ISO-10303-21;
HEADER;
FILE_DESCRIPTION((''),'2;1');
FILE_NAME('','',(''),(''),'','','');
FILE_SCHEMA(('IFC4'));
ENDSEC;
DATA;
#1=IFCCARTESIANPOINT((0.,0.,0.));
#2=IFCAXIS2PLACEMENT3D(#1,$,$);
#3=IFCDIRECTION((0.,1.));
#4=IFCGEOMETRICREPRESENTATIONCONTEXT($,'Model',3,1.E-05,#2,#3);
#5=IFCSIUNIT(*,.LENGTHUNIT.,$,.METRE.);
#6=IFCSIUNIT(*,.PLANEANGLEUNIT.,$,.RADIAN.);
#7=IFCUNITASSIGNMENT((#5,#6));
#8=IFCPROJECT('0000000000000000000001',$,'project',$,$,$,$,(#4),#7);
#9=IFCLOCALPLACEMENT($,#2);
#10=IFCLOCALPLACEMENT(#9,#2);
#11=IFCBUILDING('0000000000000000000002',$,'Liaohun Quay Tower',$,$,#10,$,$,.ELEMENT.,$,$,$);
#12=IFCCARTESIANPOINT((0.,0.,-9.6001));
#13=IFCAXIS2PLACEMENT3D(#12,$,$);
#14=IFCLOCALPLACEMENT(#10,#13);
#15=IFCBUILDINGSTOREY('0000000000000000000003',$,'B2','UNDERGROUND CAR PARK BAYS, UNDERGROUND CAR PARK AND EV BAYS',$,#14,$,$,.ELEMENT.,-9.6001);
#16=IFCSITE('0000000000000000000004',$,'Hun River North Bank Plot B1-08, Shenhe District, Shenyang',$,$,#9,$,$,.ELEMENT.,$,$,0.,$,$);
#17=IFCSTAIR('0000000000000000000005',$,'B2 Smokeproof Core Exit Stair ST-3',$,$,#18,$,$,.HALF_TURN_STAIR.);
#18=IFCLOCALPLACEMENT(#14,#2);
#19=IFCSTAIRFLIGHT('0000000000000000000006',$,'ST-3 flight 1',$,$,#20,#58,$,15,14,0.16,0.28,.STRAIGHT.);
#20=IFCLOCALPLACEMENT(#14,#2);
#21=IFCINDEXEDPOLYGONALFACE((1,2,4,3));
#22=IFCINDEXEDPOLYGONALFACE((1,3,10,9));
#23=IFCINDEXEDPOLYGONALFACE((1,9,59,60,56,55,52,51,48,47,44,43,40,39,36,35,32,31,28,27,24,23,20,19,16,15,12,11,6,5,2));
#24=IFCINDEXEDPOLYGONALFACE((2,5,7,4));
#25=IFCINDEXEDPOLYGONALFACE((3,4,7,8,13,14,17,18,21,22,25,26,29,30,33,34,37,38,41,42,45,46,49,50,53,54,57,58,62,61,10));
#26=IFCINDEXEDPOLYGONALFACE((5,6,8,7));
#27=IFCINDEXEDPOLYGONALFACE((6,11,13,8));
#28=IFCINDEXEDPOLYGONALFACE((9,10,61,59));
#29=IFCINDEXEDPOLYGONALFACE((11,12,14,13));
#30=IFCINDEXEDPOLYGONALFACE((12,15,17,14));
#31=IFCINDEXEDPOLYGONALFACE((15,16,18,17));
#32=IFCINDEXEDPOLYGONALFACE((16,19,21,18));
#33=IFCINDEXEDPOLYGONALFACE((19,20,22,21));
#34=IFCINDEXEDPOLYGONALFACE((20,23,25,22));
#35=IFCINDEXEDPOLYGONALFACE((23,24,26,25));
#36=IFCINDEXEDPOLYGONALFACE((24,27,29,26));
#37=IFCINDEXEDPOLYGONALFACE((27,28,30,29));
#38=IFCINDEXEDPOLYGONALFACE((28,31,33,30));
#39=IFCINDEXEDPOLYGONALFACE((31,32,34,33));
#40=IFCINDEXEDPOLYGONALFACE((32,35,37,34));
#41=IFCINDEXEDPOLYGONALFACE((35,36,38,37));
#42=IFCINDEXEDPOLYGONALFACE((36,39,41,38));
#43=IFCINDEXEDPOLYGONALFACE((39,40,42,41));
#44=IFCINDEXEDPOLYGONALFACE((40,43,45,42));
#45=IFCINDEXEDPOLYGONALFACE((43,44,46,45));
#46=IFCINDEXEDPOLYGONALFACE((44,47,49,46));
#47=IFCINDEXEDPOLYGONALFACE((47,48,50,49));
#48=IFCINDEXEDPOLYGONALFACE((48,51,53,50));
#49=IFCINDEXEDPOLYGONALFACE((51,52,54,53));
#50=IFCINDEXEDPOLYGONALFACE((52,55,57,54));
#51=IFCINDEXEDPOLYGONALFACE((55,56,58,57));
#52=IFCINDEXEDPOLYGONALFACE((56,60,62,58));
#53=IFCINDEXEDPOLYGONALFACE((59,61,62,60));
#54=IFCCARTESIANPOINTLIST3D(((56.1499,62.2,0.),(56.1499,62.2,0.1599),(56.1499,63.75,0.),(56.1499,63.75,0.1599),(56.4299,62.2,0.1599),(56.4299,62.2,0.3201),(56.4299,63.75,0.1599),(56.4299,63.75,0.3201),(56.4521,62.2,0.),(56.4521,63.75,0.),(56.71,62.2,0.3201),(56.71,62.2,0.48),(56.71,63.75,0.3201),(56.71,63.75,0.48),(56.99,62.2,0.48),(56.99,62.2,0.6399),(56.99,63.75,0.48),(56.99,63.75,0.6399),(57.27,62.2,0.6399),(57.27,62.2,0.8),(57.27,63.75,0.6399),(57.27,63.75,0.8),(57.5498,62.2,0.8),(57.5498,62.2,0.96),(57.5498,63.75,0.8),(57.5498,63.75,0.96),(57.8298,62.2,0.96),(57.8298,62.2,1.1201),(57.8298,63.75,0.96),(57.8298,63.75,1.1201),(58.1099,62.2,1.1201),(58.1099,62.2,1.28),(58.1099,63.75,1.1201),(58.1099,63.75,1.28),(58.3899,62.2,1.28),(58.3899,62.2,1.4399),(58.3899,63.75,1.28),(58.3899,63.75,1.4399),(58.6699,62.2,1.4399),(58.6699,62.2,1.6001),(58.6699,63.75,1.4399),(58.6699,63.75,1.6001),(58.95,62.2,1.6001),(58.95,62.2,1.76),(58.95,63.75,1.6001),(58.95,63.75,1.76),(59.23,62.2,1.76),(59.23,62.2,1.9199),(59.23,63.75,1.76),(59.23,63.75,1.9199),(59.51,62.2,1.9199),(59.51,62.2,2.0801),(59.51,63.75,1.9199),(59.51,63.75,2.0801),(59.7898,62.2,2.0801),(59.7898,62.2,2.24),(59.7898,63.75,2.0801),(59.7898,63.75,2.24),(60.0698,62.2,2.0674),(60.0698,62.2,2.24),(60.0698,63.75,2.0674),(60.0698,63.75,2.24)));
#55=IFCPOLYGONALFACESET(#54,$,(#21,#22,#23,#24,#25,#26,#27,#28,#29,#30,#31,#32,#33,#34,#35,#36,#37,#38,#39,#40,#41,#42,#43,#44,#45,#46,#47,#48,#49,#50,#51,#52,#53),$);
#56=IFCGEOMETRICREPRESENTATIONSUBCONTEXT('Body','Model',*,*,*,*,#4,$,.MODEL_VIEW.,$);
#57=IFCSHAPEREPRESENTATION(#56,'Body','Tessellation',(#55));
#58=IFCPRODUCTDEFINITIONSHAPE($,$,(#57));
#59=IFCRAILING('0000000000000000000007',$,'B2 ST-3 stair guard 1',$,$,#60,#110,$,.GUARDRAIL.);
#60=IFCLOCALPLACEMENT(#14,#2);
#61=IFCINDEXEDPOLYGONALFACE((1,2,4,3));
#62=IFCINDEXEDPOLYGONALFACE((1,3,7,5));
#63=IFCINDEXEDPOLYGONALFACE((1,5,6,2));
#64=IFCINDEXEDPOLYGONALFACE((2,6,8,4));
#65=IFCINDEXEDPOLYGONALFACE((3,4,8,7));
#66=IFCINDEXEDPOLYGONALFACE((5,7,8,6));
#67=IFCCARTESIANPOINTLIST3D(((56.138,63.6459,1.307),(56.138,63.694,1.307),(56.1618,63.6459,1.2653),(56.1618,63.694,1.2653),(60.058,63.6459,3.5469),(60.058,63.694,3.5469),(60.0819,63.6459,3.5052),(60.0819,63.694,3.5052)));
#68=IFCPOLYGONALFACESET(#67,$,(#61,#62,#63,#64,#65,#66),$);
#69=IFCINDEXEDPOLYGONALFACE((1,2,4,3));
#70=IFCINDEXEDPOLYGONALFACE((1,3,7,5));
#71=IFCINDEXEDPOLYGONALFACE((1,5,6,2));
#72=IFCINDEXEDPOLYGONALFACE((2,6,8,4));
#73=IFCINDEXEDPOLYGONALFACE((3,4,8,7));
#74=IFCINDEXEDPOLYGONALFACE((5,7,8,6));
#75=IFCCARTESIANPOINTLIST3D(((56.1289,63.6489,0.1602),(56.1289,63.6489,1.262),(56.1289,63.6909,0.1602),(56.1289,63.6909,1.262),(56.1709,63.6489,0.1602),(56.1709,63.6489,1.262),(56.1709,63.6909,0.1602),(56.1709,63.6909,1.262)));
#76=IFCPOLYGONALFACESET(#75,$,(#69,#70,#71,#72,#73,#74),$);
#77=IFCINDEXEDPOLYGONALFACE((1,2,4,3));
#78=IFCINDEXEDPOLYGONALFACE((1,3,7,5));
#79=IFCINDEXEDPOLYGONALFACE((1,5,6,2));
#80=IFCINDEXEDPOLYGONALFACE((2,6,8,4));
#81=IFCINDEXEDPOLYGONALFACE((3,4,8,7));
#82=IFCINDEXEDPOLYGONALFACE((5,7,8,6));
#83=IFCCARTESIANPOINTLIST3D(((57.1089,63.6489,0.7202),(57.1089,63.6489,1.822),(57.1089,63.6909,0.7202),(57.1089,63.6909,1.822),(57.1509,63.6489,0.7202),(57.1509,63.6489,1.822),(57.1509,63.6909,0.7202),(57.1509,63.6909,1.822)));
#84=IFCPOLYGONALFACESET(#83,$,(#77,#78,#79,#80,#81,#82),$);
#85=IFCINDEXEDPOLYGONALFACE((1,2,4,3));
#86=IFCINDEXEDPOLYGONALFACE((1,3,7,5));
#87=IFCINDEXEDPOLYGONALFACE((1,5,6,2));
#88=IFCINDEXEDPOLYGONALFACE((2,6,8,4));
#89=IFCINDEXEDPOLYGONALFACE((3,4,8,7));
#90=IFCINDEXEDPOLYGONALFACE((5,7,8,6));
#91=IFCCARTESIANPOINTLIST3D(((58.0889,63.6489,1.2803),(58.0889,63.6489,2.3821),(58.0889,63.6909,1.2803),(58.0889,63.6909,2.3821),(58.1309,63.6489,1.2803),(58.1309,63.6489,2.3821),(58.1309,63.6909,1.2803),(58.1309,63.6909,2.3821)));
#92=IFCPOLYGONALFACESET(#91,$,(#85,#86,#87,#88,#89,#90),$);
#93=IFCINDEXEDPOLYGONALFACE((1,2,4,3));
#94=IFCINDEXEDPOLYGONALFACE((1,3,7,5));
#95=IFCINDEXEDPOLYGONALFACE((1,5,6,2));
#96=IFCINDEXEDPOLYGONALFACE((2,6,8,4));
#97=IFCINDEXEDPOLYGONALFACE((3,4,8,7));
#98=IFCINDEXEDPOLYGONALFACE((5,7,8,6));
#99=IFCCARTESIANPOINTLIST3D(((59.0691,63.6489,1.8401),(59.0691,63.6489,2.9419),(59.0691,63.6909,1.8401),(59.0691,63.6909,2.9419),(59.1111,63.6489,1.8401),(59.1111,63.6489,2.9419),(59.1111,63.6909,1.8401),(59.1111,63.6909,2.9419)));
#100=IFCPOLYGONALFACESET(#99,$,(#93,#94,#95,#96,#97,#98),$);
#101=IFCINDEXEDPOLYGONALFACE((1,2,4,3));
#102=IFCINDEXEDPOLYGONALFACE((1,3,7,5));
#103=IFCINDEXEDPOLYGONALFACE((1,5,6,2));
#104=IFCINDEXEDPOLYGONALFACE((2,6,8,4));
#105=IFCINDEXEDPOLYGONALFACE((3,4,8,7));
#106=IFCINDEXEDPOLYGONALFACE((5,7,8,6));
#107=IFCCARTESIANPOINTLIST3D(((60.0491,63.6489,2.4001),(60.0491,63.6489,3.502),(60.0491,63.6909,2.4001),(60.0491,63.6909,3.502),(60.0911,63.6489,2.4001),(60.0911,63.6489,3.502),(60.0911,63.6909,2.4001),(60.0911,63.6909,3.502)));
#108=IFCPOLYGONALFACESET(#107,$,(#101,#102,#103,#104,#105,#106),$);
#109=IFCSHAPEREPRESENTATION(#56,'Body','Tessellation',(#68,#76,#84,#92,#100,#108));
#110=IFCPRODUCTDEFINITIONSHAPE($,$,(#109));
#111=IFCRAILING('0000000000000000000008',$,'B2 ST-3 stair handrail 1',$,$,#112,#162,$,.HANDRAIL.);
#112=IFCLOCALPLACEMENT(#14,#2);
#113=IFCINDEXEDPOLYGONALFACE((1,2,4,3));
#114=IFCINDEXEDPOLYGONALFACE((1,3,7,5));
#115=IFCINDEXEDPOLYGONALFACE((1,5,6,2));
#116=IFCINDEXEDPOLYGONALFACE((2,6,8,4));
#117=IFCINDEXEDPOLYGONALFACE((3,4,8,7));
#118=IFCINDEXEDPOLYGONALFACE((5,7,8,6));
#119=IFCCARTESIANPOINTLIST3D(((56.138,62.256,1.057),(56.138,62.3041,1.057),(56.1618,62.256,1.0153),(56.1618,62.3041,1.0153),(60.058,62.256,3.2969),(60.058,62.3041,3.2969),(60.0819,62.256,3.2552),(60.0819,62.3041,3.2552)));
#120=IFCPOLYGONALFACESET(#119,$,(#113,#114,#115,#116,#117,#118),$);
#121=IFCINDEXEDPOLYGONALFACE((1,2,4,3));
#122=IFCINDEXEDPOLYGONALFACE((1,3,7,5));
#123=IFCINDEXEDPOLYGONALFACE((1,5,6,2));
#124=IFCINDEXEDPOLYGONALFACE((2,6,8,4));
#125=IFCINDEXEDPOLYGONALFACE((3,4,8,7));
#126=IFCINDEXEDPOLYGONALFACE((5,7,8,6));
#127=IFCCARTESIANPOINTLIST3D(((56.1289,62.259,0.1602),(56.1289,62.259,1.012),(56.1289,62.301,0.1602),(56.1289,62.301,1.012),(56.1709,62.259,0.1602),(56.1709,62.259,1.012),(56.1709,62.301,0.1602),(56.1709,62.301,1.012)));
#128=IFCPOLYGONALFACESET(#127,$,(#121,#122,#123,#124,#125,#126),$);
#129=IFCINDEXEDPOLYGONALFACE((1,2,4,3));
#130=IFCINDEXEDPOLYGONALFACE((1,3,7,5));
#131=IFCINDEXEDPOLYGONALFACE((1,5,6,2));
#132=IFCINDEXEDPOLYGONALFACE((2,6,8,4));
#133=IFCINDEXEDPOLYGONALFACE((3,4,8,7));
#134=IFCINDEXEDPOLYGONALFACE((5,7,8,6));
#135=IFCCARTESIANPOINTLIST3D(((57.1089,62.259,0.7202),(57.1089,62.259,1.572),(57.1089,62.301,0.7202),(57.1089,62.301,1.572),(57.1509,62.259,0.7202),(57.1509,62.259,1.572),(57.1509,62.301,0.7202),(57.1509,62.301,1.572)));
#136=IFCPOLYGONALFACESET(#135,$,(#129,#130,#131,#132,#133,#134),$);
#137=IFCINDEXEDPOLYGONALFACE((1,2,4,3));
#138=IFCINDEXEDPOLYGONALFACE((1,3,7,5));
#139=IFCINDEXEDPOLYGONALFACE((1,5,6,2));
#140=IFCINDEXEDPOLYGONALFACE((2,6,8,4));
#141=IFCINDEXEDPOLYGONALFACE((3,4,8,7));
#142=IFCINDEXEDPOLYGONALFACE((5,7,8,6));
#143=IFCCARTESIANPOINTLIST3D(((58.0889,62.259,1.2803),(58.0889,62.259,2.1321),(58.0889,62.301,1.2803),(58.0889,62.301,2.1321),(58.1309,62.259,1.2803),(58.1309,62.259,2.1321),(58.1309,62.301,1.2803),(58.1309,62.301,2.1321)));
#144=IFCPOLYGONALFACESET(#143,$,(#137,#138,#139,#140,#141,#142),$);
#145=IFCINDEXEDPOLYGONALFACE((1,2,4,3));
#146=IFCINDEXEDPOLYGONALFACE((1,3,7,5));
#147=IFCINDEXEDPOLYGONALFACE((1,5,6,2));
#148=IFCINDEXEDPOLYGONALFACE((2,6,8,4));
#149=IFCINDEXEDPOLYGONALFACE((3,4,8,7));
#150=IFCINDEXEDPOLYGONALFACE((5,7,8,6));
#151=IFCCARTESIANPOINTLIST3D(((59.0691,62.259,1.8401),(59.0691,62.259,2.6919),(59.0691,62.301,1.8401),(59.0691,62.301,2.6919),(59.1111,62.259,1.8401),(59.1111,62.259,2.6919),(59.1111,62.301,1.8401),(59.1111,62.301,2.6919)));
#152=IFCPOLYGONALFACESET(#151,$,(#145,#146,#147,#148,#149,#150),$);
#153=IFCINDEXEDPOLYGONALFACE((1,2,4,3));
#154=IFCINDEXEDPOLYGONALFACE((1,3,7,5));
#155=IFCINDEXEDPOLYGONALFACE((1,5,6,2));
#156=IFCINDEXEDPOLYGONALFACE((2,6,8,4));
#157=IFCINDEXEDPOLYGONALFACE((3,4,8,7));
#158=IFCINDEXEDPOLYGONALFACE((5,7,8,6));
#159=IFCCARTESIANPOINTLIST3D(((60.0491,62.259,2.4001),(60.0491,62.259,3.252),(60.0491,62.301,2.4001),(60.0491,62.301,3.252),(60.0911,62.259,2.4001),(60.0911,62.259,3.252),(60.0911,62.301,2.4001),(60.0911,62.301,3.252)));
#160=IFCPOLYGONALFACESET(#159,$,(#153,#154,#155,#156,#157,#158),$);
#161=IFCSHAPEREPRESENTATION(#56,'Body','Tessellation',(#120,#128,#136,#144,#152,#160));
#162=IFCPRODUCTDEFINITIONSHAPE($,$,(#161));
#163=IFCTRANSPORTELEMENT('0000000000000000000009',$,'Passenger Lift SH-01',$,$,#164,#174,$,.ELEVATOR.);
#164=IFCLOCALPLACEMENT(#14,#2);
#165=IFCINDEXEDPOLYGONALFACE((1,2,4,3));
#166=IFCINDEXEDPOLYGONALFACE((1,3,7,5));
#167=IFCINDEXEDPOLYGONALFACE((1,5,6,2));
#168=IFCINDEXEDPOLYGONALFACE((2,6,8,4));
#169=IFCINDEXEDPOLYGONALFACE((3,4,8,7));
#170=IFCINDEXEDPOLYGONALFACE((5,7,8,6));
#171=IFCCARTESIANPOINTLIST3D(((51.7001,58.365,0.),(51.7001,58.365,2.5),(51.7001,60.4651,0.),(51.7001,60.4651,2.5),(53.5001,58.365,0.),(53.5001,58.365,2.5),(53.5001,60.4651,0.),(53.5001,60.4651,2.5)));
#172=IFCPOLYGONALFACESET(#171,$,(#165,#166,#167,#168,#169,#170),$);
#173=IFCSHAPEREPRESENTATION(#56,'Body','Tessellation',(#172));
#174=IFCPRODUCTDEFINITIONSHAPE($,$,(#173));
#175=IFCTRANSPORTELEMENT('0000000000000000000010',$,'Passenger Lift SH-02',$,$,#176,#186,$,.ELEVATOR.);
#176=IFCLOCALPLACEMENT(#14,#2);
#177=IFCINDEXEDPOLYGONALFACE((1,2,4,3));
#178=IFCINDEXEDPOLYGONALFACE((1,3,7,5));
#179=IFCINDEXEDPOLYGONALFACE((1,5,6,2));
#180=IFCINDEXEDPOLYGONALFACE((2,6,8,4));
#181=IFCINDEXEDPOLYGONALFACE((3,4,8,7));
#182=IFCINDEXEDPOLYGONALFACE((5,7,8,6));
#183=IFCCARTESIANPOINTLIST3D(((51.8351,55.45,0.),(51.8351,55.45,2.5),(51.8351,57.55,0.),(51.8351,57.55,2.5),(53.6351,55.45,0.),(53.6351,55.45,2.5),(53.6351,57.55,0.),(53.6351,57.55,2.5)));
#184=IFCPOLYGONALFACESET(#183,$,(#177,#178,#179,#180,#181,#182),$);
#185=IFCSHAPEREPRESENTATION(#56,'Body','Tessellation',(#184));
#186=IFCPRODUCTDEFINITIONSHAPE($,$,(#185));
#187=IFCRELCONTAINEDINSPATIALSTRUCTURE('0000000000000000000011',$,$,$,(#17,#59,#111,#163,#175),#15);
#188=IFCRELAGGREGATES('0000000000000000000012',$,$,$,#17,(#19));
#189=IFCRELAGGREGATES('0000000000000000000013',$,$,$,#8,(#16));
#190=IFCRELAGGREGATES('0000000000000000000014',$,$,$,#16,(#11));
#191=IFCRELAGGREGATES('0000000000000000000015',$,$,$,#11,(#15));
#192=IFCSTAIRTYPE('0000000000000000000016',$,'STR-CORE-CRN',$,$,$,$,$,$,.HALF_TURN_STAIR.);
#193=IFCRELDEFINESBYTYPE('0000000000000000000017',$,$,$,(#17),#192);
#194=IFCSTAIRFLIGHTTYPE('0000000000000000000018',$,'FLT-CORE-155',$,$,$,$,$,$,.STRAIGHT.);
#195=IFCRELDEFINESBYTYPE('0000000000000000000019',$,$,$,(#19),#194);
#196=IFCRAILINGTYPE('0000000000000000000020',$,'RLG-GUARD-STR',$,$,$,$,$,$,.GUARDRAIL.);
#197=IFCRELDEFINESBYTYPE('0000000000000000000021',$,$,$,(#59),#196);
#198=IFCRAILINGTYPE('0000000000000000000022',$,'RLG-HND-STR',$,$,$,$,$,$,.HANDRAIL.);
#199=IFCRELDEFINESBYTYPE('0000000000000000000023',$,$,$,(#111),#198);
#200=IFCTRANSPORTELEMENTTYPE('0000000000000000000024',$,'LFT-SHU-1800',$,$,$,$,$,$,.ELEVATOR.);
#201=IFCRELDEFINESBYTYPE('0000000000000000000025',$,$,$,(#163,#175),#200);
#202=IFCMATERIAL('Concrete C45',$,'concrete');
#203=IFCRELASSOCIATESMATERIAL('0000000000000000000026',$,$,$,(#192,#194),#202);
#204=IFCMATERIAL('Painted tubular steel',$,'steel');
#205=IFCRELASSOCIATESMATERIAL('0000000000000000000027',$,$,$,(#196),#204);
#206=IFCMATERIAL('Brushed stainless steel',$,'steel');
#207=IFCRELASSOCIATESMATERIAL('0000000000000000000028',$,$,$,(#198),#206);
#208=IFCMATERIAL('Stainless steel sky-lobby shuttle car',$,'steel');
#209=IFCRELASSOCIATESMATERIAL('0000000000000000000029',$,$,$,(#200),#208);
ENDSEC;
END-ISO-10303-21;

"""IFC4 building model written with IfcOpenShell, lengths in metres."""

from ifc_helpers import new_model, si_unit, direction, frame, origin, origin_2d, place, context, subcontext, project, spatial, polyline, rectangle, outline, extrude, source, transform, mapped, material, type_object, element, aggregate, save


model = new_model("IFC4")

# Units and contexts
model_context = context("Model", 3, precision=1e-05, world=origin(), true_north=direction((0.0, 1.0)))
body_context = subcontext(model_context, "Body", "Model", "MODEL_VIEW")
ifc_project = project(units=[si_unit("LENGTHUNIT", "METRE"), si_unit("PLANEANGLEUNIT", "RADIAN")], contexts=[model_context])

# Site, building, storey
site_placement = place(None, origin())
site = spatial("IfcSite", under=ifc_project, at=site_placement, Name="Hun River North Bank Plot B1-08, Shenhe District, Shenyang", CompositionType="ELEMENT", RefElevation=0.0)
building_placement = place(site_placement, origin())
building = spatial("IfcBuilding", under=site, at=building_placement, Name="Liaohun Quay Tower", CompositionType="ELEMENT")
storey_placement = place(building_placement, frame((0.0, 0.0, -9.6001)))
storey = spatial("IfcBuildingStorey", under=building, at=storey_placement, Name="B2", Description="UNDERGROUND CAR PARK BAYS, UNDERGROUND CAR PARK AND EV BAYS", CompositionType="ELEMENT", Elevation=-9.6001)

# Stair, stair flight
ifc_material_1 = material(Name="Concrete C45", Category="concrete")
stair_type = type_object("IfcStairType", Name="STR-CORE-CRN", PredefinedType="HALF_TURN_STAIR", material=ifc_material_1)
stair_placement = place(storey_placement, origin())
stair = element("IfcStair", 1, at=stair_placement, inside=storey, type_object=stair_type, Name="B2 Smokeproof Core Exit Stair ST-3", PredefinedType="HALF_TURN_STAIR")
stair_flight_type = type_object("IfcStairFlightType", Name="FLT-CORE-155", PredefinedType="STRAIGHT", material=ifc_material_1)
stair_flight_placement = place(storey_placement, frame((56.1499, 62.9751, 0.0), z_axis=(0.0, 0.0, 1.0), x_axis=(1.0, 0.0, 0.0)))
stair_flight = element("IfcStairFlight", 2, at=stair_flight_placement, type_object=stair_flight_type, Name="ST-3 flight 1", NumberOfRisers=15, NumberOfTreads=14, PredefinedType="STRAIGHT", RiserHeight=0.16, TreadLength=0.28, context=body_context, shape_type="SweptSolid", body=[
    extrude(outline(polyline([(0.0, 0.0), (0.0, 0.1599), (0.28, 0.1599), (0.28, 0.3201), (0.5601, 0.3201), (0.5601, 0.48), (0.8401, 0.48), (0.8401, 0.6399), (1.1201, 0.6399), (1.1201, 0.8), (1.3999, 0.8), (1.3999, 0.96), (1.6799, 0.96), (1.6799, 1.1201), (1.96, 1.1201), (1.96, 1.28), (2.24, 1.28), (2.24, 1.4399), (2.52, 1.4399), (2.52, 1.6001), (2.8, 1.6001), (2.8, 1.76), (3.0801, 1.76), (3.0801, 1.9199), (3.3601, 1.9199), (3.3601, 2.0801), (3.6399, 2.0801), (3.6399, 2.24), (3.9199, 2.24), (3.9199, 2.3999), (3.9199, 2.0674), (0.3022, 0.0), (0.0, 0.0)])), frame((0.0, 0.7749, 0.0), z_axis=(0.0, -1.0, 0.0), x_axis=(1.0, 0.0, 0.0)), (0.0, 0.0, 1.0), 1.55),
])
aggregate(stair, [stair_flight])

# Railings
ifc_material_2 = material(Name="Painted tubular steel", Category="steel")
railing_type_1 = type_object("IfcRailingType", Name="RLG-GUARD-STR", PredefinedType="GUARDRAIL", material=ifc_material_2)
railing_1_placement = place(storey_placement, frame((56.1499, 63.6699, 0.1602)))
element("IfcRailing", 3, at=railing_1_placement, inside=storey, type_object=railing_type_1, Name="B2 ST-3 stair guard 1", PredefinedType="GUARDRAIL", context=body_context, shape_type="SweptSolid", body=[
    extrude(rectangle(XDim=0.0481, YDim=0.0481, at=origin_2d()), frame((0.0, 0.0, 1.126), z_axis=(0.868253, 0.0, 0.496121), x_axis=(0.0, 1.0, 0.0)), (0.0, 0.0, 1.0), 4.5149),
    extrude(rectangle(XDim=0.042, YDim=0.042, at=origin_2d()), origin(), (0.0, 0.0, 1.0), 1.1018),
    extrude(rectangle(XDim=0.042, YDim=0.042, at=origin_2d()), frame((0.98, 0.0, 0.5601)), (0.0, 0.0, 1.0), 1.1018),
    extrude(rectangle(XDim=0.042, YDim=0.042, at=origin_2d()), frame((1.96, 0.0, 1.1201)), (0.0, 0.0, 1.0), 1.1018),
    extrude(rectangle(XDim=0.042, YDim=0.042, at=origin_2d()), frame((2.9402, 0.0, 1.6799)), (0.0, 0.0, 1.0), 1.1018),
    extrude(rectangle(XDim=0.042, YDim=0.042, at=origin_2d()), frame((3.9202, 0.0, 2.24)), (0.0, 0.0, 1.0), 1.1018),
])
ifc_material_3 = material(Name="Brushed stainless steel", Category="steel")
railing_type_2 = type_object("IfcRailingType", Name="RLG-HND-STR", PredefinedType="HANDRAIL", material=ifc_material_3)
railing_2_placement = place(storey_placement, frame((56.1499, 62.28, 0.1602)))
element("IfcRailing", 4, at=railing_2_placement, inside=storey, type_object=railing_type_2, Name="B2 ST-3 stair handrail 1", PredefinedType="HANDRAIL", context=body_context, shape_type="SweptSolid", body=[
    extrude(rectangle(XDim=0.0481, YDim=0.0481, at=origin_2d()), frame((0.0, 0.0, 0.876), z_axis=(0.868253, 0.0, 0.496121), x_axis=(0.0, 1.0, 0.0)), (0.0, 0.0, 1.0), 4.5149),
    extrude(rectangle(XDim=0.042, YDim=0.042, at=origin_2d()), origin(), (0.0, 0.0, 1.0), 0.8518),
    extrude(rectangle(XDim=0.042, YDim=0.042, at=origin_2d()), frame((0.98, 0.0, 0.5601)), (0.0, 0.0, 1.0), 0.8518),
    extrude(rectangle(XDim=0.042, YDim=0.042, at=origin_2d()), frame((1.96, 0.0, 1.1201)), (0.0, 0.0, 1.0), 0.8518),
    extrude(rectangle(XDim=0.042, YDim=0.042, at=origin_2d()), frame((2.9402, 0.0, 1.6799)), (0.0, 0.0, 1.0), 0.8518),
    extrude(rectangle(XDim=0.042, YDim=0.042, at=origin_2d()), frame((3.9202, 0.0, 2.24)), (0.0, 0.0, 1.0), 0.8518),
])

# Transport elements
ifc_material_4 = material(Name="Stainless steel sky-lobby shuttle car", Category="steel")
transport_element_type = type_object("IfcTransportElementType", Name="LFT-SHU-1800", PredefinedType="ELEVATOR", material=ifc_material_4)
shared_shape_1 = source(origin(), body_context, "Body", "SweptSolid", [
    extrude(rectangle(XDim=1.8, YDim=2.1001, at=origin_2d()), origin(), (0.0, 0.0, 1.0), 2.5),
])
for number, where, z_axis, x_axis, name in (
    (5, (52.6001, 59.415, 0.0), (0.0, 0.0, 1.0), (1.0, 0.0, 0.0), "Passenger Lift SH-01"),
    (6, (52.7351, 56.5, 0.0), (0.0, 0.0, 1.0), (1.0, 0.0, 0.0), "Passenger Lift SH-02"),
):
    element("IfcTransportElement", number, at=place(storey_placement, frame(where, z_axis=z_axis, x_axis=x_axis)), inside=storey, type_object=transport_element_type, Name=name, PredefinedType="ELEVATOR", context=body_context, shape_type="MappedRepresentation", body=[
        mapped(shared_shape_1, transform((0.0, 0.0, 0.0), x_axis=(1.0, 0.0, 0.0), y_axis=(0.0, 1.0, 0.0), z_axis=(0.0, 0.0, 1.0), scale=1.0)),
    ])

save(model, "model.ifc")
